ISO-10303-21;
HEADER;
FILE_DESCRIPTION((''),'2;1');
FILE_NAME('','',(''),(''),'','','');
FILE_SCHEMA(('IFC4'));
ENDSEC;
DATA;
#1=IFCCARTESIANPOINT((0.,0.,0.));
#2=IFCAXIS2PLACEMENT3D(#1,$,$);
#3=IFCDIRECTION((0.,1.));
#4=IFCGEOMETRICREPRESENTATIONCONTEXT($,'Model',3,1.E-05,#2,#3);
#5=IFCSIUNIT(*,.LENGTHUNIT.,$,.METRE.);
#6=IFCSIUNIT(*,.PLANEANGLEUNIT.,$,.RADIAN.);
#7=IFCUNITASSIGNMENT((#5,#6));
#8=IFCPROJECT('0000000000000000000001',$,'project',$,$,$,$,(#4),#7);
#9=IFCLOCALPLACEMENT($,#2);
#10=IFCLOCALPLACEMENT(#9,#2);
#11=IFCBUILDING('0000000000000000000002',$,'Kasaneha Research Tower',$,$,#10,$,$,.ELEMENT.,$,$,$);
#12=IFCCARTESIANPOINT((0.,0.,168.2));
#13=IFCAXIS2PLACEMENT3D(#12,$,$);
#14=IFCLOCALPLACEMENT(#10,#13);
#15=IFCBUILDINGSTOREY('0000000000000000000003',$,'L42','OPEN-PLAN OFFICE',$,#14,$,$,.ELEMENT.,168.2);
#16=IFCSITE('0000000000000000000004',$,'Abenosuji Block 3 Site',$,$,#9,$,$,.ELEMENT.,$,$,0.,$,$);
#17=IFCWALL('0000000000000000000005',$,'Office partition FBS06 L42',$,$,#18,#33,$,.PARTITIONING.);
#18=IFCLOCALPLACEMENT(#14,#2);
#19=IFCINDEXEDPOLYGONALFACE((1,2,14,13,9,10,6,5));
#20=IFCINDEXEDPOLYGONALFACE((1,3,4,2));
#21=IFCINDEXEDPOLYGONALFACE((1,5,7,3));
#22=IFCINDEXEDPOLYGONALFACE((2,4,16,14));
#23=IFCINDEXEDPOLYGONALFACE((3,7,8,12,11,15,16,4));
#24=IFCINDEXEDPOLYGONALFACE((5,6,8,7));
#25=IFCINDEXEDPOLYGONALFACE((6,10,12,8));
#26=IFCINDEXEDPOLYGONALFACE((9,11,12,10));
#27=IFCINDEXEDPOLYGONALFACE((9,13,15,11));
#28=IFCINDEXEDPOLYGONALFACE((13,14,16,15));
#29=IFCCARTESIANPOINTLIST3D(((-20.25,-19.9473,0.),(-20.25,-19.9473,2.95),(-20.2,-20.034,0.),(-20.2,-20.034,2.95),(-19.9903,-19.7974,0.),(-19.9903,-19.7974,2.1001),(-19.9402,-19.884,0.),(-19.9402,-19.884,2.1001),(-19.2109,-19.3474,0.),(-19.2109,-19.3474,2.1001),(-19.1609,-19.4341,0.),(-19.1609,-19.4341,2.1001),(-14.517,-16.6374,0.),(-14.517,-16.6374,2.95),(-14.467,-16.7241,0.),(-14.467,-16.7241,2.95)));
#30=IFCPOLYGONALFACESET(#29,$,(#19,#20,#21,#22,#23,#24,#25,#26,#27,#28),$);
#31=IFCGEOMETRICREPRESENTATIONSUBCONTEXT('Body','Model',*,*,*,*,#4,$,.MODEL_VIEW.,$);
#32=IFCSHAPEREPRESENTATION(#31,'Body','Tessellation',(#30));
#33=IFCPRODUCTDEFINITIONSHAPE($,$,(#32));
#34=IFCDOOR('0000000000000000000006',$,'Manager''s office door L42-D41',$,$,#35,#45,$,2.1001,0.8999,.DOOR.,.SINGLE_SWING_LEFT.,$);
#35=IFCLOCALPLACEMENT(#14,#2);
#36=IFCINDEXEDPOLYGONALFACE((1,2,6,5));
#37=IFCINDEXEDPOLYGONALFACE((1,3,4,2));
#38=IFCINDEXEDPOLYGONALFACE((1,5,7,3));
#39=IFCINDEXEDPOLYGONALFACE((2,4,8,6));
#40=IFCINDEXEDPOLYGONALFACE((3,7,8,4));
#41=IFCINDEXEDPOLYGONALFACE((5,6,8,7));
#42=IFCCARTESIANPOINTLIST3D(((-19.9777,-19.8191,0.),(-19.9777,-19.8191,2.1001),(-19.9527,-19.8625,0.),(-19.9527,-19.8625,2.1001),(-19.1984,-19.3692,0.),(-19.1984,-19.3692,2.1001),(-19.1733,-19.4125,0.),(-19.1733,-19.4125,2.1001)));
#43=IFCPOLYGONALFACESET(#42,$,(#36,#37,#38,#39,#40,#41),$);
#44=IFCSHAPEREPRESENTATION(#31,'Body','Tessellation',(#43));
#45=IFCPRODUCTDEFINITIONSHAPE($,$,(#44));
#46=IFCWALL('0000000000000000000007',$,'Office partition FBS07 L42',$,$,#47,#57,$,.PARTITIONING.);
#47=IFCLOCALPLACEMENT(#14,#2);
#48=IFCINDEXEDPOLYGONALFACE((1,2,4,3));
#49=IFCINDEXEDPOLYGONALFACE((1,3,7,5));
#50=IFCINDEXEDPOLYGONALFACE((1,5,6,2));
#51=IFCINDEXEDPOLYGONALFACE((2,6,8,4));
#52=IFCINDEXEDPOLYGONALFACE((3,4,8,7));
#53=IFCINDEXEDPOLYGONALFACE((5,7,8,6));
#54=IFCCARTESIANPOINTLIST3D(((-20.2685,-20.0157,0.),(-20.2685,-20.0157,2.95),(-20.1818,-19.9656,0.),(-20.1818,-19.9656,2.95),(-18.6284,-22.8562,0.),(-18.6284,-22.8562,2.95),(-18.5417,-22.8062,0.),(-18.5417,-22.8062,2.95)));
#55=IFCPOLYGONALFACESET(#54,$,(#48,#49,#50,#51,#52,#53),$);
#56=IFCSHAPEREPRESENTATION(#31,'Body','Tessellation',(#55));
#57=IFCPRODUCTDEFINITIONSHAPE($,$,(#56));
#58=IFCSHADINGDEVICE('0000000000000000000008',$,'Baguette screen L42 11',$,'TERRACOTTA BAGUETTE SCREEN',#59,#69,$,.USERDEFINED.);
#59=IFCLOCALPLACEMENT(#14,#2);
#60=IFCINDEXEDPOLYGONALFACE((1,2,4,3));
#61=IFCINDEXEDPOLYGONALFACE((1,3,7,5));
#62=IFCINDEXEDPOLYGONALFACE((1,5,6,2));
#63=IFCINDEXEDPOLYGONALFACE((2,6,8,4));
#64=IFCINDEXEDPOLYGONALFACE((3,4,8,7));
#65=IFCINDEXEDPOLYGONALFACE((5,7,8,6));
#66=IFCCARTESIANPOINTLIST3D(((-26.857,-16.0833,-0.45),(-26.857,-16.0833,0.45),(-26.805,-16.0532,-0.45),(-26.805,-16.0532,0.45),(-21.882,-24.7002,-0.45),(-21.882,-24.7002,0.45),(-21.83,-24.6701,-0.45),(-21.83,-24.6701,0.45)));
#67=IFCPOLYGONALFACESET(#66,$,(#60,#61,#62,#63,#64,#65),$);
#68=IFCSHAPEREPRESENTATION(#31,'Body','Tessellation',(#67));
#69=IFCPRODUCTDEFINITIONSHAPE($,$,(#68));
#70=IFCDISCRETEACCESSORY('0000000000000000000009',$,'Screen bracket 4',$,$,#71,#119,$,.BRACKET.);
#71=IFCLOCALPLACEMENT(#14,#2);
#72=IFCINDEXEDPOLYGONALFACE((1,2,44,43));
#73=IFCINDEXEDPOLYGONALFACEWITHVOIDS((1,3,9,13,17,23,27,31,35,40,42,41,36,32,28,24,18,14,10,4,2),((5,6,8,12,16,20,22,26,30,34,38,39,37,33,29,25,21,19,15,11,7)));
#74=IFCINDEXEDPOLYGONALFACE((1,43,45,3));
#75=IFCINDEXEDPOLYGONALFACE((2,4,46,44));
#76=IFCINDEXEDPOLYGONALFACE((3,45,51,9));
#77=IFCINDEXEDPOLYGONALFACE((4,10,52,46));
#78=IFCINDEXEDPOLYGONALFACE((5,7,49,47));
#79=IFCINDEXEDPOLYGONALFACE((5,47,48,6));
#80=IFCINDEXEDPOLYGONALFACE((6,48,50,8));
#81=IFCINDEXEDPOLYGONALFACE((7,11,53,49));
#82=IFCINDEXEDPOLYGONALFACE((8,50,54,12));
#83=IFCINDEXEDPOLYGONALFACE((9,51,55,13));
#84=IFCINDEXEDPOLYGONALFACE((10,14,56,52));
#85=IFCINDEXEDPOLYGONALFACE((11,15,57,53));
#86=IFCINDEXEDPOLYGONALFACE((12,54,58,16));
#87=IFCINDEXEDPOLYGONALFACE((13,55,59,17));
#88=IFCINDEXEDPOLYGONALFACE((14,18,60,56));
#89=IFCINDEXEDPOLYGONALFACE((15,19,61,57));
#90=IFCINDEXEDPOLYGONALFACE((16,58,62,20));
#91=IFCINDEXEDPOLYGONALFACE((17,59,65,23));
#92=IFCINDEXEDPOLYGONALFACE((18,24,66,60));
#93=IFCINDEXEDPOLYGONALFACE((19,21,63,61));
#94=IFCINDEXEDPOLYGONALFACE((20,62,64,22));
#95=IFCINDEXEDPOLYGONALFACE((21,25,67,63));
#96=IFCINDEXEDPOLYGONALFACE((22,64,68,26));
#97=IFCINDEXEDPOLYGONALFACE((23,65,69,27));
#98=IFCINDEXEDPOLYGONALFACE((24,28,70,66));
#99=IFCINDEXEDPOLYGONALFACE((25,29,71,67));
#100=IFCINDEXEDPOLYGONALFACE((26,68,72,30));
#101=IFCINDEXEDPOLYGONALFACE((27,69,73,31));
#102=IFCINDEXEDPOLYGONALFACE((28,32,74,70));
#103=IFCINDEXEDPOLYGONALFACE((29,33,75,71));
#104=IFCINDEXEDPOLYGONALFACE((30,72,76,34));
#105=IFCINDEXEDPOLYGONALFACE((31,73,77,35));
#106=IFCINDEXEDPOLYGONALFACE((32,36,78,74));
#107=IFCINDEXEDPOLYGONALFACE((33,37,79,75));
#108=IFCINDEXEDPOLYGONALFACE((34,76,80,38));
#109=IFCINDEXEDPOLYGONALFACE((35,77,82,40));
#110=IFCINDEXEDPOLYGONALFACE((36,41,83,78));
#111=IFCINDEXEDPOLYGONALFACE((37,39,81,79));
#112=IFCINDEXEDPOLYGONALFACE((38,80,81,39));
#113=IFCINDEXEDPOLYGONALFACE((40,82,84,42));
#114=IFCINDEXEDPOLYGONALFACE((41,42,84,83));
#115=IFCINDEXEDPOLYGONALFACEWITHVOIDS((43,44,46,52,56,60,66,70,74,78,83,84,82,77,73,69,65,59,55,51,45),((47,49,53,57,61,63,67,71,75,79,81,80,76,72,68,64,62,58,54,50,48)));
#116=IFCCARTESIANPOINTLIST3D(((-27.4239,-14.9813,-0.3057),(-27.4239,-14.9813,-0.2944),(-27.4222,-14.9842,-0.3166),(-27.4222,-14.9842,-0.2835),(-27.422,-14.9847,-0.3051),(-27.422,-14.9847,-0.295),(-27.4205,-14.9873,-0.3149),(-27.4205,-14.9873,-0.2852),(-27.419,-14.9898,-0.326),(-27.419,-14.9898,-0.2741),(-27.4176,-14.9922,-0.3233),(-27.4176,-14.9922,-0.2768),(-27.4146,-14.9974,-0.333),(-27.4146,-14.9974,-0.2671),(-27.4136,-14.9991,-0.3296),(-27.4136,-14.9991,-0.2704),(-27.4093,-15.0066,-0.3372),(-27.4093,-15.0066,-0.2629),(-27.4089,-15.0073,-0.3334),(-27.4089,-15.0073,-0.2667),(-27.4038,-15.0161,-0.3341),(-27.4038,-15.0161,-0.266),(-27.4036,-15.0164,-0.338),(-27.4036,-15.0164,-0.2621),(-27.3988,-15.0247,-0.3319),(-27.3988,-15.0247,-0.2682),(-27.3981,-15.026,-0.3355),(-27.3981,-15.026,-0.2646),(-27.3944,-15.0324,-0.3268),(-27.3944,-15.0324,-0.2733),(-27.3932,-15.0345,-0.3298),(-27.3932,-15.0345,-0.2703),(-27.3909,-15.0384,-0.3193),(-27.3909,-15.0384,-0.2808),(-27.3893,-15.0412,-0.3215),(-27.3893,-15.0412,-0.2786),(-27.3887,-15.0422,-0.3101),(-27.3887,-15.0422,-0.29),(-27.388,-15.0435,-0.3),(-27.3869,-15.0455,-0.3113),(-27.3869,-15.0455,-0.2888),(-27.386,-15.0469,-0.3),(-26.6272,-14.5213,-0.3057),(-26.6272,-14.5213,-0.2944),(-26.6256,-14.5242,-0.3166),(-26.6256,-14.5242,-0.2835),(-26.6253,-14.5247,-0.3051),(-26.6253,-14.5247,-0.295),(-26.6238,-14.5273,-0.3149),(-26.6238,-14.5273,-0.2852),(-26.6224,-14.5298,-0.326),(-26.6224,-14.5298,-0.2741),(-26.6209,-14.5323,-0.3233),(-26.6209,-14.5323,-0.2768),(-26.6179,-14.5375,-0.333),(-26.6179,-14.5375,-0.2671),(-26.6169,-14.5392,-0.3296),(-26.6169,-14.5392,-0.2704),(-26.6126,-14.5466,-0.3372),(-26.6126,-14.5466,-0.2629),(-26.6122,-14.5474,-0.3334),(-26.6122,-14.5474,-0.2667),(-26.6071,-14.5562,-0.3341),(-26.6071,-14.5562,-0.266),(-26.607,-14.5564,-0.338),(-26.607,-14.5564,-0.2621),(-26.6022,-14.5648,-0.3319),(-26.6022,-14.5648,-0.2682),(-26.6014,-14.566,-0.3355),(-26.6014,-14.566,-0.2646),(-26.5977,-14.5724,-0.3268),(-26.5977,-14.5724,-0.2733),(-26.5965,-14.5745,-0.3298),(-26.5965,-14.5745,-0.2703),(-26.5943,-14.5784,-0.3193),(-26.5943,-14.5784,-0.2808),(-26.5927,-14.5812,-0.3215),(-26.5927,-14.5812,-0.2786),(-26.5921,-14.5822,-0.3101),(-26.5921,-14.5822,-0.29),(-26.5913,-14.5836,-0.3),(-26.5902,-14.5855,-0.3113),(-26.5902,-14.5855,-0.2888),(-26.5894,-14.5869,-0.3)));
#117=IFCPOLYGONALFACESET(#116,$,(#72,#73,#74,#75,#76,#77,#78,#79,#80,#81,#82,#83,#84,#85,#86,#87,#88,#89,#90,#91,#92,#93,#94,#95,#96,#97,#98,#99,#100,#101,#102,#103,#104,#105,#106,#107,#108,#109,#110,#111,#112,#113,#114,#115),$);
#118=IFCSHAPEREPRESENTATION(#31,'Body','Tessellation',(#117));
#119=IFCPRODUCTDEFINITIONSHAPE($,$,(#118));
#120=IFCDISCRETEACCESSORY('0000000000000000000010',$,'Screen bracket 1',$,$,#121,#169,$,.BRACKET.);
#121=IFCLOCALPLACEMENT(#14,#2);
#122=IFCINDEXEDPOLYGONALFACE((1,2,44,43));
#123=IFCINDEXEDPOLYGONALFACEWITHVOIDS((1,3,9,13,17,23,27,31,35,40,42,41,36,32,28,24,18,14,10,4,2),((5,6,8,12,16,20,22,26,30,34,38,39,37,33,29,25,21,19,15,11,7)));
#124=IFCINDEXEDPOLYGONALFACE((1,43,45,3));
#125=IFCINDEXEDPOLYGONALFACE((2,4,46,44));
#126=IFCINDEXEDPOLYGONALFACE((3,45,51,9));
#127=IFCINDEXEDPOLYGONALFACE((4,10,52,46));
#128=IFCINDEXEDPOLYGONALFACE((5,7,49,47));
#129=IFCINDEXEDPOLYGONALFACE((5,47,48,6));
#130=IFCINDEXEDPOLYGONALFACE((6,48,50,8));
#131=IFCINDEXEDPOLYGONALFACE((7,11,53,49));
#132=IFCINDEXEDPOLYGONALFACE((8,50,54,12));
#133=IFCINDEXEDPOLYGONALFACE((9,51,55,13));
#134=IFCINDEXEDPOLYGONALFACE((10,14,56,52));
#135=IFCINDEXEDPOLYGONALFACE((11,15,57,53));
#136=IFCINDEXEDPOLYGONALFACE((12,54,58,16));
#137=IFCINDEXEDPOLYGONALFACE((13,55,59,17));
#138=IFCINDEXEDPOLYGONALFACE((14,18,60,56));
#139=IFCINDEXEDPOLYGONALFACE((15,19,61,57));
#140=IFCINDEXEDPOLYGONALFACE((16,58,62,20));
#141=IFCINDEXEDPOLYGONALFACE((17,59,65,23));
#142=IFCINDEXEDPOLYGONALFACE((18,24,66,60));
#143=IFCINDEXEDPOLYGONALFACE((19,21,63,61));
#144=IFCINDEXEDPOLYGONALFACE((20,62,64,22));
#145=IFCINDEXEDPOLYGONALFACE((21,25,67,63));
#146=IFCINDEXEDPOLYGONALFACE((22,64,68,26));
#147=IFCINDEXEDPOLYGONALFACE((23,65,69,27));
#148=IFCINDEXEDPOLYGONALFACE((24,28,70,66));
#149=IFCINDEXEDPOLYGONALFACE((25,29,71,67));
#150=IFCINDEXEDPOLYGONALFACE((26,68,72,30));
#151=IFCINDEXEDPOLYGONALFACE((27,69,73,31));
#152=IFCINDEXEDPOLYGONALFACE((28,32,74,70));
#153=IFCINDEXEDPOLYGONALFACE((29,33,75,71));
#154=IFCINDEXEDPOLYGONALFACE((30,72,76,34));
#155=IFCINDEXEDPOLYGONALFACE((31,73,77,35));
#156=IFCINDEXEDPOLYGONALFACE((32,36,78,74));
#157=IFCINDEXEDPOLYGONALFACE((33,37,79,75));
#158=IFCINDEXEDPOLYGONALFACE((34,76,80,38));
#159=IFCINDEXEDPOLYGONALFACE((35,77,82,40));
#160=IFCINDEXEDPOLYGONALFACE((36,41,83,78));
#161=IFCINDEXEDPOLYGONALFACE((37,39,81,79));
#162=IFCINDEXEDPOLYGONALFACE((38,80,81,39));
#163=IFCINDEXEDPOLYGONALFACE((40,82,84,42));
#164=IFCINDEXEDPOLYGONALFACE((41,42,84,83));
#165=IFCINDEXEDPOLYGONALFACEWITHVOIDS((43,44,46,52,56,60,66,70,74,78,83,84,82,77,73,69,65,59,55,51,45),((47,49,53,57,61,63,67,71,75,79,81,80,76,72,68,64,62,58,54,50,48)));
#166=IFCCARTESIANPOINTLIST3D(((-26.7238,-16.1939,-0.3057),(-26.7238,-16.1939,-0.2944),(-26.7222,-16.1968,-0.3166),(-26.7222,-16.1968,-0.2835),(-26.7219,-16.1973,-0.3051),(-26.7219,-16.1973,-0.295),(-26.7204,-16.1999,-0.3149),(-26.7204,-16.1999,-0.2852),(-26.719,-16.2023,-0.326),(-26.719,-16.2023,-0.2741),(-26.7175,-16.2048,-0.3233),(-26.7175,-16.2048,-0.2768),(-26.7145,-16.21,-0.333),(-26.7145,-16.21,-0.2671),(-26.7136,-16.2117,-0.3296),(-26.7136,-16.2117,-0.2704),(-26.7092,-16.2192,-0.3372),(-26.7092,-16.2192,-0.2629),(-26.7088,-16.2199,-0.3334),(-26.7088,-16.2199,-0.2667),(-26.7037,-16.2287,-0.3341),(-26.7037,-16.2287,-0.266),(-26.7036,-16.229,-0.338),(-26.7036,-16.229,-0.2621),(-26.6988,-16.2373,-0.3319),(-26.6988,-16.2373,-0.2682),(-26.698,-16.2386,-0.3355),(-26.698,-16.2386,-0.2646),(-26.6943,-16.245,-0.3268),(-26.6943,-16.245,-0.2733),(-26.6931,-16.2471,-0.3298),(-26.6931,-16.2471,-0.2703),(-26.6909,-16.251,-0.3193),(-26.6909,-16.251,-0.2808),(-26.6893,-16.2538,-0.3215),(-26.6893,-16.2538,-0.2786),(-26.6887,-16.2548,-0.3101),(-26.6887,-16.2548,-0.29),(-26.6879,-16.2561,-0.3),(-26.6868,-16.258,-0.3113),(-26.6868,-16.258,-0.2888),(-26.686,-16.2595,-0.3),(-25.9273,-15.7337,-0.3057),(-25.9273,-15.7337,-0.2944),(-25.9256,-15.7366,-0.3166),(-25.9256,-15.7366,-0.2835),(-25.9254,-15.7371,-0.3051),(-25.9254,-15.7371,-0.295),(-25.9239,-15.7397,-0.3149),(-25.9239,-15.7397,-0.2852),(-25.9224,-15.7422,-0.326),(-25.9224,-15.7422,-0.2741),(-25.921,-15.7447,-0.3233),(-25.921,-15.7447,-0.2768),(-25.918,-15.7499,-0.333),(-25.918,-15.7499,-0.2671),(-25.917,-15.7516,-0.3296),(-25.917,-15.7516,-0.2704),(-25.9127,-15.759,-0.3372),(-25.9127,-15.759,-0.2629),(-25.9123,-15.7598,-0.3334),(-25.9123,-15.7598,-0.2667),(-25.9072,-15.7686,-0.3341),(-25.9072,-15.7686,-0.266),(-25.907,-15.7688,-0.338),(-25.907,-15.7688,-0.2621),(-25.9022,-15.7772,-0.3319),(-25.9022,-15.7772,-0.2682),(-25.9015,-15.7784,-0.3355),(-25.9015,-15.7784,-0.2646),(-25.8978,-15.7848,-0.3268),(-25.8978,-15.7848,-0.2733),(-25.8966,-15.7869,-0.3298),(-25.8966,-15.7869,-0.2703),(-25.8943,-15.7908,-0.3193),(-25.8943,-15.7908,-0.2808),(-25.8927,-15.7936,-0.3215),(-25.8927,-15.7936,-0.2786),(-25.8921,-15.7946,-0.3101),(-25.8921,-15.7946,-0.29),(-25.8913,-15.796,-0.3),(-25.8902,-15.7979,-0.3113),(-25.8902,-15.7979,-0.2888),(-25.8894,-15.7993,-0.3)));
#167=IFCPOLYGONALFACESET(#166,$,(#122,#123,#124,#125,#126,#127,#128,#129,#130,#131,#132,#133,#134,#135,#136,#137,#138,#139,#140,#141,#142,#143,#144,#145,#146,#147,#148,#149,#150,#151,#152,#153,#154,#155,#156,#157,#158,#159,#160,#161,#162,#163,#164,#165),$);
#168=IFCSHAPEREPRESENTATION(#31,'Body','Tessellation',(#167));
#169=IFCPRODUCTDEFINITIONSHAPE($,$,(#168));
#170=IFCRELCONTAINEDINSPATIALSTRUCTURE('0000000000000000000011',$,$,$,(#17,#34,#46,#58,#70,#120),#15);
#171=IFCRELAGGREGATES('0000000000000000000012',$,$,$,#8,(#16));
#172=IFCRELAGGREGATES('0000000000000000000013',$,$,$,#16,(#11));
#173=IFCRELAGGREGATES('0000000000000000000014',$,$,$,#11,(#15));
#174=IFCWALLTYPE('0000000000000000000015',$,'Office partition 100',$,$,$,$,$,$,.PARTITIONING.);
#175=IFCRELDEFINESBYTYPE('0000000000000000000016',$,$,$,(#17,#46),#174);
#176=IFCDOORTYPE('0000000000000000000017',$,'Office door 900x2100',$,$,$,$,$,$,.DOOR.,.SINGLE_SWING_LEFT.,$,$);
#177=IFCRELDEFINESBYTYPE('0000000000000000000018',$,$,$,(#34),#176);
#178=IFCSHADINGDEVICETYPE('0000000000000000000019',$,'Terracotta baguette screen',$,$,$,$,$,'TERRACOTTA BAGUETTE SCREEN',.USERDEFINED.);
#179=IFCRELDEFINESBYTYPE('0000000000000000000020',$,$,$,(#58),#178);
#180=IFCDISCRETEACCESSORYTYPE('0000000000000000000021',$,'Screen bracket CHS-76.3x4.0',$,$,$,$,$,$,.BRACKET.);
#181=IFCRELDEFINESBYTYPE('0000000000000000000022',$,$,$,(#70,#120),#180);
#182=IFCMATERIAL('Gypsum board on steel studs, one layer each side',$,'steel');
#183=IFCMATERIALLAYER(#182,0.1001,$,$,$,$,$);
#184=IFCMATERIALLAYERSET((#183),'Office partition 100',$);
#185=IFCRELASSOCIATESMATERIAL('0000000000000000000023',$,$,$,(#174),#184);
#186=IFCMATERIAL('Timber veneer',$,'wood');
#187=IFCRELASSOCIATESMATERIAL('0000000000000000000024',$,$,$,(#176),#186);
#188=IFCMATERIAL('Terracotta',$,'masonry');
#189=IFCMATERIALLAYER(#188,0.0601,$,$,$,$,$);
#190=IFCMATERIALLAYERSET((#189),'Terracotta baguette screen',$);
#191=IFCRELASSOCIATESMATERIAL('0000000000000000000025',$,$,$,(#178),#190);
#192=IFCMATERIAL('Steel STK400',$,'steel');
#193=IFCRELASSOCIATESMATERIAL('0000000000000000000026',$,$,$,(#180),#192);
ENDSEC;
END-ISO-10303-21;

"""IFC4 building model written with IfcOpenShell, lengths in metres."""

from ifc_helpers import new_model, si_unit, direction, frame, frame_2d, origin, origin_2d, place, context, subcontext, project, spatial, rectangle, hollow_circle, extrude, material, layer, layer_set, material_profile, profile_set, type_object, element, fill, save


model = new_model("IFC4")

# Units and contexts
model_context = context("Model", 3, precision=1e-05, world=origin(), true_north=direction((0.0, 1.0)))
body_context = subcontext(model_context, "Body", "Model", "MODEL_VIEW")
ifc_project = project(units=[si_unit("LENGTHUNIT", "METRE"), si_unit("PLANEANGLEUNIT", "RADIAN")], contexts=[model_context])

# Site, building, storey
site_placement = place(None, origin())
site = spatial("IfcSite", under=ifc_project, at=site_placement, Name="Abenosuji Block 3 Site", CompositionType="ELEMENT", RefElevation=0.0)
building_placement = place(site_placement, origin())
building = spatial("IfcBuilding", under=site, at=building_placement, Name="Kasaneha Research Tower", CompositionType="ELEMENT")
storey_placement = place(building_placement, frame((0.0, 0.0, 168.2)))
storey = spatial("IfcBuildingStorey", under=building, at=storey_placement, Name="L42", Description="OPEN-PLAN OFFICE", CompositionType="ELEMENT", Elevation=168.2)

# Wall, opening, door
ifc_material_1 = material(Name="Gypsum board on steel studs, one layer each side", Category="steel")
ifc_layer_1 = layer(ifc_material_1, 0.1001)
ifc_layer_set_1 = layer_set([ifc_layer_1], Name="Office partition 100")
wall_type = type_object("IfcWallType", Name="Office partition 100", PredefinedType="PARTITIONING", material=ifc_layer_set_1)
wall_1_placement = place(storey_placement, frame((-20.2251, -19.9907, 0.0), z_axis=(0.0, 0.0, 1.0), x_axis=(0.866031, 0.499991, 0.0)))
wall_1 = element("IfcWall", 1, at=wall_1_placement, inside=storey, type_object=wall_type, Name="Office partition FBS06 L42", PredefinedType="PARTITIONING", context=body_context, shape_type="SweptSolid", body=[
    extrude(rectangle(XDim=6.6199, YDim=0.1001, at=frame_2d((3.3101, 0.0))), origin(), (0.0, 0.0, 1.0), 2.95),
])
opening_placement = place(wall_1_placement, frame((0.3, 0.0, 0.0)))
opening = element("IfcOpeningElement", 2, at=opening_placement, cuts=wall_1, PredefinedType="OPENING", context=body_context, shape_type="SweptSolid", body=[
    extrude(rectangle(XDim=0.8999, YDim=2.1001, at=frame_2d((0.45, 1.05))), frame((0.0, 0.0601, 0.0), z_axis=(0.0, -1.0, 0.0), x_axis=(1.0, 0.0, 0.0)), (0.0, 0.0, 1.0), 0.1201),
])
ifc_material_2 = material(Name="Timber veneer", Category="wood")
door_type = type_object("IfcDoorType", Name="Office door 900x2100", OperationType="SINGLE_SWING_LEFT", PredefinedType="DOOR", material=ifc_material_2)
door_placement = place(opening_placement, origin())
door = element("IfcDoor", 3, at=door_placement, inside=storey, type_object=door_type, Name="Manager's office door L42-D41", OperationType="SINGLE_SWING_LEFT", OverallHeight=2.1001, OverallWidth=0.8999, PredefinedType="DOOR", context=body_context, shape_type="SweptSolid", body=[
    extrude(rectangle(XDim=0.8999, YDim=2.1001, at=frame_2d((0.45, 1.05))), frame((0.0, 0.0249, 0.0), z_axis=(0.0, -1.0, 0.0), x_axis=(1.0, 0.0, 0.0)), (0.0, 0.0, 1.0), 0.05),
])
fill(opening, door)

# Wall
wall_2_placement = place(storey_placement, frame((-18.585, -22.8313, 0.0), z_axis=(0.0, 0.0, 1.0), x_axis=(-0.50003, 0.866008, 0.0)))
element("IfcWall", 4, at=wall_2_placement, inside=storey, type_object=wall_type, Name="Office partition FBS07 L42", PredefinedType="PARTITIONING", context=body_context, shape_type="SweptSolid", body=[
    extrude(rectangle(XDim=3.28, YDim=0.1001, at=frame_2d((1.6401, 0.0))), origin(), (0.0, 0.0, 1.0), 2.95),
])

# Shading device
ifc_material_3 = material(Name="Terracotta", Category="masonry")
ifc_layer_2 = layer(ifc_material_3, 0.0601)
ifc_layer_set_2 = layer_set([ifc_layer_2], Name="Terracotta baguette screen")
shading_device_type = type_object("IfcShadingDeviceType", Name="Terracotta baguette screen", ElementType="TERRACOTTA BAGUETTE SCREEN", PredefinedType="USERDEFINED", material=ifc_layer_set_2)
shading_device_placement = place(storey_placement, frame((-24.3435, -20.3767, -0.45), z_axis=(0.0, 0.0, 1.0), x_axis=(0.5, -0.866025, 0.0)))
element("IfcShadingDevice", 5, at=shading_device_placement, inside=storey, type_object=shading_device_type, Name="Baguette screen L42 11", ObjectType="TERRACOTTA BAGUETTE SCREEN", PredefinedType="USERDEFINED", context=body_context, shape_type="SweptSolid", body=[
    extrude(rectangle(XDim=9.95, YDim=0.0601, at=origin_2d()), origin(), (0.0, 0.0, 1.0), 0.8999),
])

# Discrete accessories
ifc_material_4 = material(Name="Steel STK400", Category="steel")
ifc_material_profile_1 = material_profile(ifc_material_4, hollow_circle(Radius=0.0381, WallThickness=0.0039, at=origin_2d()), Name="CHS-76.3x4.0")
ifc_profile_set_1 = profile_set([ifc_material_profile_1], Name="Steel STK400")
discrete_accessory_type = type_object("IfcDiscreteAccessoryType", Name="Screen bracket CHS-76.3x4.0", PredefinedType="BRACKET", material=ifc_profile_set_1)
for number, where, z_axis, x_axis, name in (
    (6, (-26.6084, -14.554, -0.3), (-0.866013, -0.500021, 0.0), (0.500021, -0.866013, 0.0), "Screen bracket 4"),
    (7, (-25.9084, -15.7664, -0.3), (-0.865898, -0.50022, 0.0), (0.50022, -0.865898, 0.0), "Screen bracket 1"),
):
    element("IfcDiscreteAccessory", number, at=place(storey_placement, frame(where, z_axis=z_axis, x_axis=x_axis)), inside=storey, type_object=discrete_accessory_type, Name=name, PredefinedType="BRACKET", context=body_context, shape_type="SweptSolid", body=[
        extrude(hollow_circle(Radius=0.0381, WallThickness=0.0039, at=origin_2d()), origin(), (0.0, 0.0, 1.0), 0.9199),
    ])

save(model, "model.ifc")
